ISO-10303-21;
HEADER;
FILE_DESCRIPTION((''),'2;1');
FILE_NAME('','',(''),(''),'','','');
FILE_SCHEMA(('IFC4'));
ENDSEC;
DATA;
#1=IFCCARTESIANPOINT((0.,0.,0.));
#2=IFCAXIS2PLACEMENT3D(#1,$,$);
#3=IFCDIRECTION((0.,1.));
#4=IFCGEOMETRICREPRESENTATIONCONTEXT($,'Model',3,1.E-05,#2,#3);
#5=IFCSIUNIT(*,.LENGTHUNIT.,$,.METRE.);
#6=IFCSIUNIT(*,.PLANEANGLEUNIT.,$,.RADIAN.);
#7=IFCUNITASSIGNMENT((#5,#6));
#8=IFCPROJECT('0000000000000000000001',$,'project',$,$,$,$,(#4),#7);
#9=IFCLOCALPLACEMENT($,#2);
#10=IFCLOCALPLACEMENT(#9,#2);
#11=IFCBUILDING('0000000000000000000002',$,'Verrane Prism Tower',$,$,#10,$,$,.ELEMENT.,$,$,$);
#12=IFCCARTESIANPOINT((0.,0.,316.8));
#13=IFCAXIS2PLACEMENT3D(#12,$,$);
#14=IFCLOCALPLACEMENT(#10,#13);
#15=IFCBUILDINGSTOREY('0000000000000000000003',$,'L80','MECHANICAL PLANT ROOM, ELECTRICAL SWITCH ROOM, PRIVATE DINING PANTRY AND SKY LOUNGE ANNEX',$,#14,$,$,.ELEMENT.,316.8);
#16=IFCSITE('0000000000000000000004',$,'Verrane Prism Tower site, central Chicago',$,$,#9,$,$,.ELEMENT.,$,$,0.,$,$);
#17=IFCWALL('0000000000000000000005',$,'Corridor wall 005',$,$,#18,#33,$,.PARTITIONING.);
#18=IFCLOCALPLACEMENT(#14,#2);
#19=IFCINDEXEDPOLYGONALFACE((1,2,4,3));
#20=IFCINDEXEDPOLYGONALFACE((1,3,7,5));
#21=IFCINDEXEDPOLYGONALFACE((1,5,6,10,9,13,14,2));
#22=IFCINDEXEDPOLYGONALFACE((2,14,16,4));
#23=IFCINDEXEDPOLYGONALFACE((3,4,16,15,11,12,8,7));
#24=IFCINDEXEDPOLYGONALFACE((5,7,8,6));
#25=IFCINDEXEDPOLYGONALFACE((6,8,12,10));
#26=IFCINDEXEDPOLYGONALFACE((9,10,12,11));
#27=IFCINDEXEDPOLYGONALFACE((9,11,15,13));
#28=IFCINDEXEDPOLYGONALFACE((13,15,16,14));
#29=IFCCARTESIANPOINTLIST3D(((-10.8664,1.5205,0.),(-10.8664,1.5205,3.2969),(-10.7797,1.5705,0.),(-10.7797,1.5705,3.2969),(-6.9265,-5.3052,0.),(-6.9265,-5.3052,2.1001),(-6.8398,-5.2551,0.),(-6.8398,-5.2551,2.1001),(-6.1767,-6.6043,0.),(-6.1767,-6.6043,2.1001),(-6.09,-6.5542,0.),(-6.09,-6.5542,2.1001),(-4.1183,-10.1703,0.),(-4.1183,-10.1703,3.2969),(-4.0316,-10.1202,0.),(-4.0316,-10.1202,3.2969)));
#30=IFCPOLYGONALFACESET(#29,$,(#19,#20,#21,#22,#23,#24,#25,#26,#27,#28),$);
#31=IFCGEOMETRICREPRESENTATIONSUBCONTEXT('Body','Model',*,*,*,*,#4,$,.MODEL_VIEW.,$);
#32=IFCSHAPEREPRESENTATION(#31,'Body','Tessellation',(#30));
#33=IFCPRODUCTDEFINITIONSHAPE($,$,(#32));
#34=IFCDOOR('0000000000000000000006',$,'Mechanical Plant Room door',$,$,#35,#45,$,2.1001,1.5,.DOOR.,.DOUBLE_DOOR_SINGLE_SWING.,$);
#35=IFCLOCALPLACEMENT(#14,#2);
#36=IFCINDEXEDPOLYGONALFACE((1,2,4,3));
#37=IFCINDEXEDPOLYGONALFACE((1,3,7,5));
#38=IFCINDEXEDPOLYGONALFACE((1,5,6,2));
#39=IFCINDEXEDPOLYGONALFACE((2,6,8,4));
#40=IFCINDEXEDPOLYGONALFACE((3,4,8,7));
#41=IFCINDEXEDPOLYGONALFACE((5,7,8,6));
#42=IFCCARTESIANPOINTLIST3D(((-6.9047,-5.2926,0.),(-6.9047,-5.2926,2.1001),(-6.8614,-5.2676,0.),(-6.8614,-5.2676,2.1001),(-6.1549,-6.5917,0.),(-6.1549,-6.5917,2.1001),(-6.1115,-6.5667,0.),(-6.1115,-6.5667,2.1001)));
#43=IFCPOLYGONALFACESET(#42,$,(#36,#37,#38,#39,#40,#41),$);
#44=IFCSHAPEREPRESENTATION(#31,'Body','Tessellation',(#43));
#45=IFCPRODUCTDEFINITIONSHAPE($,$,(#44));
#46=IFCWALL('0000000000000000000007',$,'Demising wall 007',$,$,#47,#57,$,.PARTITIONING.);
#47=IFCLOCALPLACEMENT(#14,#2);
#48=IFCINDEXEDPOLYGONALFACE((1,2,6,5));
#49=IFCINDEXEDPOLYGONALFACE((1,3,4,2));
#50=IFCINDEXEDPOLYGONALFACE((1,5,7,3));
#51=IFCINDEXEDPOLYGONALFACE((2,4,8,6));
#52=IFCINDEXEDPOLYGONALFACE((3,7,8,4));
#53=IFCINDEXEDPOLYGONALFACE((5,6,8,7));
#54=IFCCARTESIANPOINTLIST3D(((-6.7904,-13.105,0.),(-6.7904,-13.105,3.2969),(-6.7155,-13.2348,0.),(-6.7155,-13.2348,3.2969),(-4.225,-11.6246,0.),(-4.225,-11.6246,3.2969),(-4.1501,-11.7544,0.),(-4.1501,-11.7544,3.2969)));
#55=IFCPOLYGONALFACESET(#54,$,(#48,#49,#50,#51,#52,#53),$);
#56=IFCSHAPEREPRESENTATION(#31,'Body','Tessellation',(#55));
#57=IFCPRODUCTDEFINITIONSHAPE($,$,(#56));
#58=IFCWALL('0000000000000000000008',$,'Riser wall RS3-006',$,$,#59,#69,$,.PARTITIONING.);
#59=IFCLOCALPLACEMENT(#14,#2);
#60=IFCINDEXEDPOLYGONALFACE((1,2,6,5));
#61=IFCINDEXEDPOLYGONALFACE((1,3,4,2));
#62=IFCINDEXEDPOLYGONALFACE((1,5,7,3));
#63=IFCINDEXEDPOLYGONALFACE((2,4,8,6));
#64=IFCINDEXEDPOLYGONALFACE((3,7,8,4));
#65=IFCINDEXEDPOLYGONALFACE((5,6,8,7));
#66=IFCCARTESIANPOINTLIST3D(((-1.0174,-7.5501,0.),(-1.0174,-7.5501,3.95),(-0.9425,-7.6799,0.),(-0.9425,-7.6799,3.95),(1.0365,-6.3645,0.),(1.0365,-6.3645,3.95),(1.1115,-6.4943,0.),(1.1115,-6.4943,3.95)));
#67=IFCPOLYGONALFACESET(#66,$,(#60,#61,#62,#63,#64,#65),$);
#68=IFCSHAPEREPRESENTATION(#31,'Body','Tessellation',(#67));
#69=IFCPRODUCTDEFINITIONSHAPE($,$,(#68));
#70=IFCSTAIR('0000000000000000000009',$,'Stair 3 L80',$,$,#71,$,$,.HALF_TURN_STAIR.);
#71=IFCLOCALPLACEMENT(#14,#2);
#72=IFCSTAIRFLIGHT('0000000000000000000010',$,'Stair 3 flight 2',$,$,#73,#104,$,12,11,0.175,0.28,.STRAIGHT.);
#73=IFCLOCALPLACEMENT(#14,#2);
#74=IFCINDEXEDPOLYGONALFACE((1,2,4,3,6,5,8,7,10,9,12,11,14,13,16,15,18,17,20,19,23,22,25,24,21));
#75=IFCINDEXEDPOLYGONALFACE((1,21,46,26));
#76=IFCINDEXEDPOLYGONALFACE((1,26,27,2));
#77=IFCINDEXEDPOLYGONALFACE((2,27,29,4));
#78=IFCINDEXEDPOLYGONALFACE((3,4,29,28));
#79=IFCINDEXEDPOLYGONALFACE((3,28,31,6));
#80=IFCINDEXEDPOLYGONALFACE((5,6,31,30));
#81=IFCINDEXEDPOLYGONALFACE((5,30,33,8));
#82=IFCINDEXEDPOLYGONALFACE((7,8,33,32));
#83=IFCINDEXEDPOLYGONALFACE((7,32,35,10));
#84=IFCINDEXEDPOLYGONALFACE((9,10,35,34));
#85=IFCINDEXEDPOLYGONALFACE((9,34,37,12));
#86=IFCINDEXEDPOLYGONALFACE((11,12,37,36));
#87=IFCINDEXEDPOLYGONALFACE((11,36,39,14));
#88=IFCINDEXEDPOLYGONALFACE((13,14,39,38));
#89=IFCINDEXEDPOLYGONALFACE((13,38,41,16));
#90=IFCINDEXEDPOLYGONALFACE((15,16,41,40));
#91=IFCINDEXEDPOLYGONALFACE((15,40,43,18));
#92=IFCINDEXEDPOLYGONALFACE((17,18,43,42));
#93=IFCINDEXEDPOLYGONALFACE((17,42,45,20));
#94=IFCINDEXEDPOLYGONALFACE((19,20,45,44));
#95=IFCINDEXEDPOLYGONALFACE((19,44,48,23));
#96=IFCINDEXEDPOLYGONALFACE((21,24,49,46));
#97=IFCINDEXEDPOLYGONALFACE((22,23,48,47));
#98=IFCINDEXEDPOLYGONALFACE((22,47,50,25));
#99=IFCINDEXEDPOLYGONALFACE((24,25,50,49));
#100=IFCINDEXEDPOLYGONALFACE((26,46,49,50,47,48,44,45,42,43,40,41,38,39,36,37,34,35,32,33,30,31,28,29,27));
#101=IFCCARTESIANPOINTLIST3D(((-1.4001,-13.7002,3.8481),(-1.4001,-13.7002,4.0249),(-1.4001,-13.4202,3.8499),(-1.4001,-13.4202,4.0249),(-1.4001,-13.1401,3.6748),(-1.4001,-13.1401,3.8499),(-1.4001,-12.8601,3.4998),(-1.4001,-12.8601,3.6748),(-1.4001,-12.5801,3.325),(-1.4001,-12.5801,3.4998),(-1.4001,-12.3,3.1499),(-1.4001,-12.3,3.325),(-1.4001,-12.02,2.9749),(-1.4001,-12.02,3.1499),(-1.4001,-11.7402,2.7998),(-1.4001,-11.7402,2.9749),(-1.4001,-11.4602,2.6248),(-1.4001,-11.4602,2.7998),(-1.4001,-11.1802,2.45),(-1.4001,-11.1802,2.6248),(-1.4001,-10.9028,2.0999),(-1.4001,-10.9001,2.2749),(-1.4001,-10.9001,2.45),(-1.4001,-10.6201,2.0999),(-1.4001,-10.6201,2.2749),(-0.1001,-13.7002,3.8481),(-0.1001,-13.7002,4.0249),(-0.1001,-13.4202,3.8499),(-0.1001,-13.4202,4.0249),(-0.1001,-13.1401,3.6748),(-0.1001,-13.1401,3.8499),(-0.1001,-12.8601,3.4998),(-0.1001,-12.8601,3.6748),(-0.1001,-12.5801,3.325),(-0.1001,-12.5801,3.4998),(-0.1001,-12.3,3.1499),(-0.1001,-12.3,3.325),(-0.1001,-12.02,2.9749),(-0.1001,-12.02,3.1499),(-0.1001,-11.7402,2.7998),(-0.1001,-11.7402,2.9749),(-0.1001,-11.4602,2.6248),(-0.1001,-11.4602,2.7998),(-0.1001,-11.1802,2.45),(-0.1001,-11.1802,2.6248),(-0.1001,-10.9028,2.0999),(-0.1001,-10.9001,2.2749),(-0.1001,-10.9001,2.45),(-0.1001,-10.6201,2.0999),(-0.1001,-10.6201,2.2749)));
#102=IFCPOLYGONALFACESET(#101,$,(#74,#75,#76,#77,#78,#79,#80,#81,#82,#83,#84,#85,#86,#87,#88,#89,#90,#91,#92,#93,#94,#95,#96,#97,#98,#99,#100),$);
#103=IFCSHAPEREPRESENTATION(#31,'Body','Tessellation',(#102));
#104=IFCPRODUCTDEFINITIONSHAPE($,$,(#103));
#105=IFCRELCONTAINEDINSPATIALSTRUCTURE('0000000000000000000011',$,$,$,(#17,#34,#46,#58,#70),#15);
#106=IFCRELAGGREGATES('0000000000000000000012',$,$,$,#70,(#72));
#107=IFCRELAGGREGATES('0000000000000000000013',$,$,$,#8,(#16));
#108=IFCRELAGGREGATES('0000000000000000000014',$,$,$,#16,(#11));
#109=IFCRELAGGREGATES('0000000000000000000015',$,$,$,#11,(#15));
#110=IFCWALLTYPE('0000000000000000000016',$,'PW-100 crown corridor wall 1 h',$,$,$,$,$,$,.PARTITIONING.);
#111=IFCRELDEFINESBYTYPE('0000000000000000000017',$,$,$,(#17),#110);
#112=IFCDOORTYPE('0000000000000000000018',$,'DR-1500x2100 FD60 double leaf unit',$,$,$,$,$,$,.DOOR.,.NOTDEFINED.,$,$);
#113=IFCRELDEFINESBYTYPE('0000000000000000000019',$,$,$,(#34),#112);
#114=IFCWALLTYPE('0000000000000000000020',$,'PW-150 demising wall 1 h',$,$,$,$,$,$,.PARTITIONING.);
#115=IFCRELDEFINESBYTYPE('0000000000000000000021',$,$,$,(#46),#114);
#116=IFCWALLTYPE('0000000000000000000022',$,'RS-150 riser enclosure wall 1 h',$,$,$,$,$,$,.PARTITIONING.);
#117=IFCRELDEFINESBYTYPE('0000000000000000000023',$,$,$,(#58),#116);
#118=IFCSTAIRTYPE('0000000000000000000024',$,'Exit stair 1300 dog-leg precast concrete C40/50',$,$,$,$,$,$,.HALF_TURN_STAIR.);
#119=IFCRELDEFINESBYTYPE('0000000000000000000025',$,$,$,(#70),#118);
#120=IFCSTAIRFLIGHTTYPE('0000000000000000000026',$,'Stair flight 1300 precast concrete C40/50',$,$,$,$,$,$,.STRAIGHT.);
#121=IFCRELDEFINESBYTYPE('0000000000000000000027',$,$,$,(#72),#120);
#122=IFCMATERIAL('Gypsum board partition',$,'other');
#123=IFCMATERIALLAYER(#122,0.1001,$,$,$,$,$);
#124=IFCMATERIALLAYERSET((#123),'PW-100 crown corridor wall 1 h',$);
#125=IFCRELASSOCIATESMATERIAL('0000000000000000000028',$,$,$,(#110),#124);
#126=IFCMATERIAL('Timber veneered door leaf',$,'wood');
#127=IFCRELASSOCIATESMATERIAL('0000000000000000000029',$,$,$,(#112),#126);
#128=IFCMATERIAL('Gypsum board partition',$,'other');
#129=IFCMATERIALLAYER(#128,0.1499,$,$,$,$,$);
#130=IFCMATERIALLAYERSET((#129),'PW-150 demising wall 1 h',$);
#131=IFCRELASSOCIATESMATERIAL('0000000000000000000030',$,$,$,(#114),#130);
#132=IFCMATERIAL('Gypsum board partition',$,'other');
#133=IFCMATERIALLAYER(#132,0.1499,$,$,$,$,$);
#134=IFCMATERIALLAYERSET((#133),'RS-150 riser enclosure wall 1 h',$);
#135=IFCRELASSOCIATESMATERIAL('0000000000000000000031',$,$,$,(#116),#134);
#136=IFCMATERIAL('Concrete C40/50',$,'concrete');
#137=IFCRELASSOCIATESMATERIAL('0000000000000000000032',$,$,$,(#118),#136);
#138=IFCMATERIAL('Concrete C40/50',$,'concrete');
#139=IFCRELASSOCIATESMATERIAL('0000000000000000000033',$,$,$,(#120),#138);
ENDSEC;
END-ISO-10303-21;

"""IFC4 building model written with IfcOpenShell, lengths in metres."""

from ifc_helpers import new_model, si_unit, direction, frame, frame_2d, origin, place, context, subcontext, project, spatial, polyline, rectangle, outline, extrude, material, layer, layer_set, type_object, element, fill, aggregate, save


model = new_model("IFC4")

# Units and contexts
model_context = context("Model", 3, precision=1e-05, world=origin(), true_north=direction((0.0, 1.0)))
body_context = subcontext(model_context, "Body", "Model", "MODEL_VIEW")
ifc_project = project(units=[si_unit("LENGTHUNIT", "METRE"), si_unit("PLANEANGLEUNIT", "RADIAN")], contexts=[model_context])

# Site, building, storey
site_placement = place(None, origin())
site = spatial("IfcSite", under=ifc_project, at=site_placement, Name="Verrane Prism Tower site, central Chicago", CompositionType="ELEMENT", RefElevation=0.0)
building_placement = place(site_placement, origin())
building = spatial("IfcBuilding", under=site, at=building_placement, Name="Verrane Prism Tower", CompositionType="ELEMENT")
storey_placement = place(building_placement, frame((0.0, 0.0, 316.8)))
storey = spatial("IfcBuildingStorey", under=building, at=storey_placement, Name="L80", Description="MECHANICAL PLANT ROOM, ELECTRICAL SWITCH ROOM, PRIVATE DINING PANTRY AND SKY LOUNGE ANNEX", CompositionType="ELEMENT", Elevation=316.8)

# Wall, opening, door
ifc_material_1 = material(Name="Gypsum board partition", Category="other")
ifc_layer_1 = layer(ifc_material_1, 0.1001)
ifc_layer_set_1 = layer_set([ifc_layer_1], Name="PW-100 crown corridor wall 1 h")
wall_type_1 = type_object("IfcWallType", Name="PW-100 crown corridor wall 1 h", PredefinedType="PARTITIONING", material=ifc_layer_set_1)
wall_1_placement = place(storey_placement, frame((-4.075, -10.1453, 0.0), z_axis=(0.0, 0.0, 1.0), x_axis=(-0.499913, 0.866076, 0.0)))
wall_1 = element("IfcWall", 1, at=wall_1_placement, inside=storey, type_object=wall_type_1, Name="Corridor wall 005", PredefinedType="PARTITIONING", context=body_context, shape_type="SweptSolid", body=[
    extrude(rectangle(XDim=13.4985, YDim=0.1001, at=frame_2d((6.7493, 0.0))), origin(), (0.0, 0.0, 1.0), 3.2969),
])
opening_1_placement = place(wall_1_placement, frame((4.1174, 0.0, 0.0)))
opening_1 = element("IfcOpeningElement", 2, at=opening_1_placement, cuts=wall_1, PredefinedType="OPENING", context=body_context, shape_type="SweptSolid", body=[
    extrude(rectangle(XDim=1.5, YDim=2.1001, at=frame_2d((0.75, 1.05))), frame((0.0, 0.0601, 0.0), z_axis=(0.0, -1.0, 0.0), x_axis=(1.0, 0.0, 0.0)), (0.0, 0.0, 1.0), 0.1201),
])
ifc_material_2 = material(Name="Timber veneered door leaf", Category="wood")
door_type_1 = type_object("IfcDoorType", Name="DR-1500x2100 FD60 double leaf unit", OperationType="NOTDEFINED", PredefinedType="DOOR", material=ifc_material_2)
door_1_placement = place(opening_1_placement, origin())
door_1 = element("IfcDoor", 3, at=door_1_placement, inside=storey, type_object=door_type_1, Name="Mechanical Plant Room door", OperationType="DOUBLE_DOOR_SINGLE_SWING", OverallHeight=2.1001, OverallWidth=1.5, PredefinedType="DOOR", context=body_context, shape_type="SweptSolid", body=[
    extrude(rectangle(XDim=1.5, YDim=2.1001, at=frame_2d((0.75, 1.05))), frame((0.0, 0.0249, 0.0), z_axis=(0.0, -1.0, 0.0), x_axis=(1.0, 0.0, 0.0)), (0.0, 0.0, 1.0), 0.05),
])
fill(opening_1, door_1)

# Walls
ifc_material_3 = material(Name="Gypsum board partition", Category="other")
ifc_layer_2 = layer(ifc_material_3, 0.1499)
ifc_layer_set_2 = layer_set([ifc_layer_2], Name="PW-150 demising wall 1 h")
wall_type_2 = type_object("IfcWallType", Name="PW-150 demising wall 1 h", PredefinedType="PARTITIONING", material=ifc_layer_set_2)
wall_2_placement = place(storey_placement, frame((-6.7529, -13.1699, 0.0), z_axis=(0.0, 0.0, 1.0), x_axis=(0.866125, 0.499827, 0.0)))
element("IfcWall", 4, at=wall_2_placement, inside=storey, type_object=wall_type_2, Name="Demising wall 007", PredefinedType="PARTITIONING", context=body_context, shape_type="SweptSolid", body=[
    extrude(rectangle(XDim=2.9619, YDim=0.1499, at=frame_2d((1.481, 0.0))), origin(), (0.0, 0.0, 1.0), 3.2969),
])
ifc_material_4 = material(Name="Gypsum board partition", Category="other")
ifc_layer_3 = layer(ifc_material_4, 0.1499)
ifc_layer_set_3 = layer_set([ifc_layer_3], Name="RS-150 riser enclosure wall 1 h")
wall_type_3 = type_object("IfcWallType", Name="RS-150 riser enclosure wall 1 h", PredefinedType="PARTITIONING", material=ifc_layer_set_3)
wall_3_placement = place(storey_placement, frame((-0.98, -7.615, 0.0), z_axis=(0.0, 0.0, 1.0), x_axis=(0.866081, 0.499904, 0.0)))
element("IfcWall", 5, at=wall_3_placement, inside=storey, type_object=wall_type_3, Name="Riser wall RS3-006", PredefinedType="PARTITIONING", context=body_context, shape_type="SweptSolid", body=[
    extrude(rectangle(XDim=2.3716, YDim=0.1499, at=frame_2d((1.1858, 0.0))), origin(), (0.0, 0.0, 1.0), 3.95),
])

# Stair, stair flight
ifc_material_5 = material(Name="Concrete C40/50", Category="concrete")
stair_type = type_object("IfcStairType", Name="Exit stair 1300 dog-leg precast concrete C40/50", PredefinedType="HALF_TURN_STAIR", material=ifc_material_5)
stair_placement = place(storey_placement, origin())
stair = element("IfcStair", 6, at=stair_placement, inside=storey, type_object=stair_type, Name="Stair 3 L80", PredefinedType="HALF_TURN_STAIR")
ifc_material_6 = material(Name="Concrete C40/50", Category="concrete")
stair_flight_type = type_object("IfcStairFlightType", Name="Stair flight 1300 precast concrete C40/50", PredefinedType="STRAIGHT", material=ifc_material_6)
stair_flight_placement = place(storey_placement, frame((-0.75, -10.6201, 2.0999), z_axis=(0.0, 0.0, 1.0), x_axis=(0.0, -1.0, 0.0)))
stair_flight = element("IfcStairFlight", 7, at=stair_flight_placement, type_object=stair_flight_type, Name="Stair 3 flight 2", NumberOfRisers=12, NumberOfTreads=11, PredefinedType="STRAIGHT", RiserHeight=0.175, TreadLength=0.28, context=body_context, shape_type="SweptSolid", body=[
    extrude(outline(polyline([(0.0, 0.0), (0.0, 0.175), (0.28, 0.175), (0.28, 0.3501), (0.5601, 0.3501), (0.5601, 0.5249), (0.8401, 0.5249), (0.8401, 0.7), (1.1201, 0.7), (1.1201, 0.875), (1.3999, 0.875), (1.3999, 1.05), (1.6799, 1.05), (1.6799, 1.2251), (1.96, 1.2251), (1.96, 1.3999), (2.24, 1.3999), (2.24, 1.575), (2.52, 1.575), (2.52, 1.75), (2.8, 1.75), (2.8, 1.925), (3.0801, 1.925), (3.0801, 2.1001), (3.0801, 1.7483), (0.2827, 0.0), (0.0, 0.0)])), frame((0.0, 0.6499, 0.0), z_axis=(0.0, -1.0, 0.0), x_axis=(1.0, 0.0, 0.0)), (0.0, 0.0, 1.0), 1.3),
])
aggregate(stair, [stair_flight])

save(model, "model.ifc")
